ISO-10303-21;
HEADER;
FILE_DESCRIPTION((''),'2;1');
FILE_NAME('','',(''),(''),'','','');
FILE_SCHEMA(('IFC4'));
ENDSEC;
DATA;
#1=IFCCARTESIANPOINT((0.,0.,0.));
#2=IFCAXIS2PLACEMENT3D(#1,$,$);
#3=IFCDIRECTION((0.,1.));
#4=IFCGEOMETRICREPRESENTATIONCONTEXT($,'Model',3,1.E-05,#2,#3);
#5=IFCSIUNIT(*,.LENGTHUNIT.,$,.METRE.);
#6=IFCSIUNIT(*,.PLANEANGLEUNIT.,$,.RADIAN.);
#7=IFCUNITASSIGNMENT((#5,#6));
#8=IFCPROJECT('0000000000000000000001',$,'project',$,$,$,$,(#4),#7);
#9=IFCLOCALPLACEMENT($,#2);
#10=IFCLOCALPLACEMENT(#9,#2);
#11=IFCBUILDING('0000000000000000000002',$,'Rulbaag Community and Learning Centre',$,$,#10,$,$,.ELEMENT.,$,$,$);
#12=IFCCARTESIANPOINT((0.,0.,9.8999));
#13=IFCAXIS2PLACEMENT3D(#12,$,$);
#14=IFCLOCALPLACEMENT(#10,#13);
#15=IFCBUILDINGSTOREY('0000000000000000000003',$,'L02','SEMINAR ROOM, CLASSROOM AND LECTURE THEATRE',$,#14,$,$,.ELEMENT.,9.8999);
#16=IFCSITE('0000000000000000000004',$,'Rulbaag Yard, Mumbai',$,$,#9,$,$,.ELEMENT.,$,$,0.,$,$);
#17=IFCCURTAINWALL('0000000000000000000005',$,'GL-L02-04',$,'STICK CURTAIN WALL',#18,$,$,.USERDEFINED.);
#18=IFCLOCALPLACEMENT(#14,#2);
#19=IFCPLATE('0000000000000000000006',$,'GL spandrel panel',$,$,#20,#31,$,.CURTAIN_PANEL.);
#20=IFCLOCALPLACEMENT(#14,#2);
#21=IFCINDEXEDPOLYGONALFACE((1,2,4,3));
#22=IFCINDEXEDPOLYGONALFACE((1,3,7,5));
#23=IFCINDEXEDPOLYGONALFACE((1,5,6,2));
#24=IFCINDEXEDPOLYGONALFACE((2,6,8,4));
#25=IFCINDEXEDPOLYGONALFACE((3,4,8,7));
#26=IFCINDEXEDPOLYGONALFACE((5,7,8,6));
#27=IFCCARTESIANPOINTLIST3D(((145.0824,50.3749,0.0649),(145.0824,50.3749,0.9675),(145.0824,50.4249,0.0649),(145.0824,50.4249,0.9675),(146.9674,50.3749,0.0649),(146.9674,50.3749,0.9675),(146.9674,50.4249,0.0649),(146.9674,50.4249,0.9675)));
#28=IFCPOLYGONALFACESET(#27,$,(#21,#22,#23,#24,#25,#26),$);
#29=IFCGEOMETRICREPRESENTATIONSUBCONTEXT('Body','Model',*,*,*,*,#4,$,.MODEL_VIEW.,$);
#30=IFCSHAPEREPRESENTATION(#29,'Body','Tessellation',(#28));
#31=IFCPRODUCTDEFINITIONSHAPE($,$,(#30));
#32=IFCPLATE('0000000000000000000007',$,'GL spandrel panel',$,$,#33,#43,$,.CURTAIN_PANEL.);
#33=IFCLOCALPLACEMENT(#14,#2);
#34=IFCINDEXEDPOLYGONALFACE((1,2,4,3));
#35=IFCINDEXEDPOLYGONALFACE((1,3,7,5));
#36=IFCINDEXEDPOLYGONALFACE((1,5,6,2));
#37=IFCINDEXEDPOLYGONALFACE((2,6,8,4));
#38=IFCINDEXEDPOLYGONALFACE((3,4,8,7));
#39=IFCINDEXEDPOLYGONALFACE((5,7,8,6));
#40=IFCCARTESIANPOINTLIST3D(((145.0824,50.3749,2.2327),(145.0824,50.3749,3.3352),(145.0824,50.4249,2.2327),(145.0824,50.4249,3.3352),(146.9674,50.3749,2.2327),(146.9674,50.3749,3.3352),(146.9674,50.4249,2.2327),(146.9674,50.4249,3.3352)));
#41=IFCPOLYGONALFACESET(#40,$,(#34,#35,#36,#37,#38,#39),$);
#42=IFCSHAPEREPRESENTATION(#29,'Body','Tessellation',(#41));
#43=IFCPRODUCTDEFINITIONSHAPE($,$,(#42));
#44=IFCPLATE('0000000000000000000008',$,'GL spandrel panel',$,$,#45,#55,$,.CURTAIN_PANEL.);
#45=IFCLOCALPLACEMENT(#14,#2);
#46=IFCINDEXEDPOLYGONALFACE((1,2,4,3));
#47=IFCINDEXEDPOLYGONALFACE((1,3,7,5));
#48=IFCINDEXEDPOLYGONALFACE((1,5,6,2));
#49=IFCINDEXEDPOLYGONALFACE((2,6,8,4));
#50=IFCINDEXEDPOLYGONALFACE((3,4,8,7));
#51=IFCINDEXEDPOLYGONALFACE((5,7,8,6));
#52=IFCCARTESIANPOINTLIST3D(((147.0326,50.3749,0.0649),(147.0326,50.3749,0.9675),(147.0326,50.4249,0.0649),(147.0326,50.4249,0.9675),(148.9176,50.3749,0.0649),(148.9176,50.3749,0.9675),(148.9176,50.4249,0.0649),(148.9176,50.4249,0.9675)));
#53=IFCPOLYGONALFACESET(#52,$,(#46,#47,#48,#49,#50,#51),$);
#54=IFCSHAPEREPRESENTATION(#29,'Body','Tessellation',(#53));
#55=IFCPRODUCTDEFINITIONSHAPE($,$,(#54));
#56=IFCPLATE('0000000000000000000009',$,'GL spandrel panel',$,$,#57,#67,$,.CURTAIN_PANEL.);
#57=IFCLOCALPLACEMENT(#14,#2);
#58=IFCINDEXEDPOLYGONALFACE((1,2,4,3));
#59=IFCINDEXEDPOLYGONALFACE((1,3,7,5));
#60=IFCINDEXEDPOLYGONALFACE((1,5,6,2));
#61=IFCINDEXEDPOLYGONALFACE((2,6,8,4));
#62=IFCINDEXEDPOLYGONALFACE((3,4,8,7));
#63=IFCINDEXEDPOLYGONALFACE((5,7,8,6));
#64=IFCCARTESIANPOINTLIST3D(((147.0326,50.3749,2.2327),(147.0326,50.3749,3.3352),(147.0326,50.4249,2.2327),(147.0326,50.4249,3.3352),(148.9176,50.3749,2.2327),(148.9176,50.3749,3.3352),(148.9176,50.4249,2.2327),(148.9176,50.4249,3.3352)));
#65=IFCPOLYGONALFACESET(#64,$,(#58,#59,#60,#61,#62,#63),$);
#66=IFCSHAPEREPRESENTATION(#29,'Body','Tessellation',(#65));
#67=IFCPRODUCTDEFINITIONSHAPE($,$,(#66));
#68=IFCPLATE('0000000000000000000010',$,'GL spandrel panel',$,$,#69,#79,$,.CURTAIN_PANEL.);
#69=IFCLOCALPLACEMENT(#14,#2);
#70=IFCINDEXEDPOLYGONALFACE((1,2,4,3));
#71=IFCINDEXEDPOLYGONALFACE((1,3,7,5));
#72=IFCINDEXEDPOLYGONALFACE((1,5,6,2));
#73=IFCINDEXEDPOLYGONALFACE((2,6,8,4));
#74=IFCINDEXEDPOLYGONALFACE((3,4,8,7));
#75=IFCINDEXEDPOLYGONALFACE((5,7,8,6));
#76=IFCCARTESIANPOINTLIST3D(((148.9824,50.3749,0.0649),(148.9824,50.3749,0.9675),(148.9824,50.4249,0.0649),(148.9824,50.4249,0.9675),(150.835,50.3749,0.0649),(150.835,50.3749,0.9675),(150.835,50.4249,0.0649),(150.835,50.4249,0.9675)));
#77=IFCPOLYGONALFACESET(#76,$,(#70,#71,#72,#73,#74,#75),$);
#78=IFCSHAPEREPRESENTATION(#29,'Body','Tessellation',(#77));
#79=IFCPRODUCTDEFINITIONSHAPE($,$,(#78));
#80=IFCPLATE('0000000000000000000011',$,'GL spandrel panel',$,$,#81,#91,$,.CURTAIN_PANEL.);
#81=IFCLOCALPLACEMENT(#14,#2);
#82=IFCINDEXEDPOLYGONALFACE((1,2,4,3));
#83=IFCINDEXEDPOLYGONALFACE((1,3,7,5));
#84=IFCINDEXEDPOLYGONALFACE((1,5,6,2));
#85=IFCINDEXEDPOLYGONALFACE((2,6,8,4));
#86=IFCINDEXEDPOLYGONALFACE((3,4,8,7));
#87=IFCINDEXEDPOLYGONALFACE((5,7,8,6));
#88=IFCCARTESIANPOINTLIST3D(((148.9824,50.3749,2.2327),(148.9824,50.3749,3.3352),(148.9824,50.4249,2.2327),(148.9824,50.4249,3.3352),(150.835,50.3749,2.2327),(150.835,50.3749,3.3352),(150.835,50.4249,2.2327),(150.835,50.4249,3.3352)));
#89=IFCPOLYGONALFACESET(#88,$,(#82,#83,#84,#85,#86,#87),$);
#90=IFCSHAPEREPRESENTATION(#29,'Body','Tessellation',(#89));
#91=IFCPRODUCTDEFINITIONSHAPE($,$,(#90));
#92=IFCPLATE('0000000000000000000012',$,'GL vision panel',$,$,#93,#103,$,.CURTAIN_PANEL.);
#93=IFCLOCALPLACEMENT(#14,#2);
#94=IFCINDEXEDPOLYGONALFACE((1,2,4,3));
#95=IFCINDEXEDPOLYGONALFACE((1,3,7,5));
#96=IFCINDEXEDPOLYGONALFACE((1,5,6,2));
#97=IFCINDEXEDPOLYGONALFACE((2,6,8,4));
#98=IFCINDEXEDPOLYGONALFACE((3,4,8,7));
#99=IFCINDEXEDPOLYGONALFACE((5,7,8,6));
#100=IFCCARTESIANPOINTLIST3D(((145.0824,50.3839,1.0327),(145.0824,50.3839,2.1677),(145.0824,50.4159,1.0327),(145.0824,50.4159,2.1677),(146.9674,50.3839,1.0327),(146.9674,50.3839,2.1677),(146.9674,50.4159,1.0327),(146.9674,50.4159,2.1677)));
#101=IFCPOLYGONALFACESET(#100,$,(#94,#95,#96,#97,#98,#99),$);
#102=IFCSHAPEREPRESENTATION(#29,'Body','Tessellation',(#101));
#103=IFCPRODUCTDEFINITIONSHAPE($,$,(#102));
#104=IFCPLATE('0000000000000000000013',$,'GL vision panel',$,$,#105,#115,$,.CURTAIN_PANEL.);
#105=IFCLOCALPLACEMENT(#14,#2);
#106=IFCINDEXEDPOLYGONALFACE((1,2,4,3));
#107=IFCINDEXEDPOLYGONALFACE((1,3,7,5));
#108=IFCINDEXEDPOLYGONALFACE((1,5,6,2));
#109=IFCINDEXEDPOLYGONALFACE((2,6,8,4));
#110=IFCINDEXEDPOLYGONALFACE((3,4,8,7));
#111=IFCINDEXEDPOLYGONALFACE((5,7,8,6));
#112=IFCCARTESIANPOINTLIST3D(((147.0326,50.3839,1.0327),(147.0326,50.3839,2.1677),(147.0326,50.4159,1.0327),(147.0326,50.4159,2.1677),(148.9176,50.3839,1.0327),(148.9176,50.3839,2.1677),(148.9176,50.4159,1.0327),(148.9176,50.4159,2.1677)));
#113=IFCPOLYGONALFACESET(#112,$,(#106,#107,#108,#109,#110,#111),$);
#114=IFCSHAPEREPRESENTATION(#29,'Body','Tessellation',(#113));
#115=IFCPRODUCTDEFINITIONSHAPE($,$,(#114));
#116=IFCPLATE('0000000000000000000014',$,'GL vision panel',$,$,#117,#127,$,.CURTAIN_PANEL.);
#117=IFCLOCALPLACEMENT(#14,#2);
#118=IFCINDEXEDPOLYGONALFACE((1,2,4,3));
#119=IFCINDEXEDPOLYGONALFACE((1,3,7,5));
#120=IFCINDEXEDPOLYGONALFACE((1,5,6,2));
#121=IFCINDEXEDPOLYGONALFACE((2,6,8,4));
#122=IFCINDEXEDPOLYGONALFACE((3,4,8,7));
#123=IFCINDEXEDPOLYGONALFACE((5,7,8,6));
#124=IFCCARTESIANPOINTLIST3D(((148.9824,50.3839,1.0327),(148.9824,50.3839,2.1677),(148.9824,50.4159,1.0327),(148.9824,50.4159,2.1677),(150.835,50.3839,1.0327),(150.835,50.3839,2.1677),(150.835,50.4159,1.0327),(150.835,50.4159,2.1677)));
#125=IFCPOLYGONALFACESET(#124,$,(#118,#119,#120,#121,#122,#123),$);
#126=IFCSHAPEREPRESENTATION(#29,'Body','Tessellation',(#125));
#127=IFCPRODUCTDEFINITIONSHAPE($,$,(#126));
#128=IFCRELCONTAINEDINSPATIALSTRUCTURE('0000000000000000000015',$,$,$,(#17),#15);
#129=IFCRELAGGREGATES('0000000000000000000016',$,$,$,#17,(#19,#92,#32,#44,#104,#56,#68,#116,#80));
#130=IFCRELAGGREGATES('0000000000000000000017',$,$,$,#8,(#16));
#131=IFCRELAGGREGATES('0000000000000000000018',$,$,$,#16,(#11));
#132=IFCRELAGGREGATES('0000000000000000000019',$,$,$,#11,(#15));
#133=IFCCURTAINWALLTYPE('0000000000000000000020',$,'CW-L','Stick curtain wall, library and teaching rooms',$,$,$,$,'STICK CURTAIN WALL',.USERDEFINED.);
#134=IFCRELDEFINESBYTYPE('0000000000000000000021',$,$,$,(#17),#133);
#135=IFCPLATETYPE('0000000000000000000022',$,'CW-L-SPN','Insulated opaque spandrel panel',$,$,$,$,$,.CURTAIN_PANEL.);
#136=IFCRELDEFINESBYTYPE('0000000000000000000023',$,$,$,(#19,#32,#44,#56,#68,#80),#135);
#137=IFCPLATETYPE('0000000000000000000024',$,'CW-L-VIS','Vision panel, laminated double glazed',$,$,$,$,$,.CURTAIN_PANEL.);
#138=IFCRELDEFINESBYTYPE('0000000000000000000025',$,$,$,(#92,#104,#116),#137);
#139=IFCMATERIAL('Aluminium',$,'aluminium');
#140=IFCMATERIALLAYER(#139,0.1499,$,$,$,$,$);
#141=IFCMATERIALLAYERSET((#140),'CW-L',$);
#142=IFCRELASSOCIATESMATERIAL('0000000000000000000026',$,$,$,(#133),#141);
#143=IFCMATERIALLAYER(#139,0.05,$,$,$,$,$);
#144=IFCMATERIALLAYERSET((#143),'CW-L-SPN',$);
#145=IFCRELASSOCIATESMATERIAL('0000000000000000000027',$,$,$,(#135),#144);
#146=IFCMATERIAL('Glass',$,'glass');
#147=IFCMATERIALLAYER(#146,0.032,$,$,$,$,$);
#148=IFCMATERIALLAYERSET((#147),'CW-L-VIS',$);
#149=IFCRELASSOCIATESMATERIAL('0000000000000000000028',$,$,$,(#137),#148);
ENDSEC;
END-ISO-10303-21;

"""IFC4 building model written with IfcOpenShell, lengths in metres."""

from ifc_helpers import new_model, si_unit, direction, frame, origin, origin_2d, place, context, subcontext, project, spatial, rectangle, extrude, material, layer, layer_set, type_object, element, aggregate, save


model = new_model("IFC4")

# Units and contexts
model_context = context("Model", 3, precision=1e-05, world=origin(), true_north=direction((0.0, 1.0)))
body_context = subcontext(model_context, "Body", "Model", "MODEL_VIEW")
ifc_project = project(units=[si_unit("LENGTHUNIT", "METRE"), si_unit("PLANEANGLEUNIT", "RADIAN")], contexts=[model_context])

# Site, building, storey
site_placement = place(None, origin())
site = spatial("IfcSite", under=ifc_project, at=site_placement, Name="Rulbaag Yard, Mumbai", CompositionType="ELEMENT", RefElevation=0.0)
building_placement = place(site_placement, origin())
building = spatial("IfcBuilding", under=site, at=building_placement, Name="Rulbaag Community and Learning Centre", CompositionType="ELEMENT")
storey_placement = place(building_placement, frame((0.0, 0.0, 9.8999)))
storey = spatial("IfcBuildingStorey", under=building, at=storey_placement, Name="L02", Description="SEMINAR ROOM, CLASSROOM AND LECTURE THEATRE", CompositionType="ELEMENT", Elevation=9.8999)

# Curtain wall, plates
ifc_material_1 = material(Name="Aluminium", Category="aluminium")
ifc_layer_1 = layer(ifc_material_1, 0.1499)
ifc_layer_set_1 = layer_set([ifc_layer_1], Name="CW-L")
curtain_wall_type = type_object("IfcCurtainWallType", Name="CW-L", Description="Stick curtain wall, library and teaching rooms", ElementType="STICK CURTAIN WALL", PredefinedType="USERDEFINED", material=ifc_layer_set_1)
curtain_wall_placement = place(storey_placement, origin())
curtain_wall = element("IfcCurtainWall", 1, at=curtain_wall_placement, inside=storey, type_object=curtain_wall_type, Name="GL-L02-04", ObjectType="STICK CURTAIN WALL", PredefinedType="USERDEFINED")
ifc_layer_2 = layer(ifc_material_1, 0.05)
ifc_layer_set_2 = layer_set([ifc_layer_2], Name="CW-L-SPN")
plate_type_1 = type_object("IfcPlateType", Name="CW-L-SPN", Description="Insulated opaque spandrel panel", PredefinedType="CURTAIN_PANEL", material=ifc_layer_set_2)
plate_1_placement = place(storey_placement, frame((146.0249, 50.3999, 0.0649), z_axis=(0.0, 0.0, 1.0), x_axis=(1.0, 0.0, 0.0)))
plate_1 = element("IfcPlate", 2, at=plate_1_placement, type_object=plate_type_1, Name="GL spandrel panel", PredefinedType="CURTAIN_PANEL", context=body_context, shape_type="SweptSolid", body=[
    extrude(rectangle(XDim=1.885, YDim=0.05, at=origin_2d()), origin(), (0.0, 0.0, 1.0), 0.9026),
])
plate_2_placement = place(storey_placement, frame((146.0249, 50.3999, 2.2327), z_axis=(0.0, 0.0, 1.0), x_axis=(1.0, 0.0, 0.0)))
plate_2 = element("IfcPlate", 3, at=plate_2_placement, type_object=plate_type_1, Name="GL spandrel panel", PredefinedType="CURTAIN_PANEL", context=body_context, shape_type="SweptSolid", body=[
    extrude(rectangle(XDim=1.885, YDim=0.05, at=origin_2d()), origin(), (0.0, 0.0, 1.0), 1.1025),
])
plate_3_placement = place(storey_placement, frame((147.9751, 50.3999, 0.0649), z_axis=(0.0, 0.0, 1.0), x_axis=(1.0, 0.0, 0.0)))
plate_3 = element("IfcPlate", 4, at=plate_3_placement, type_object=plate_type_1, Name="GL spandrel panel", PredefinedType="CURTAIN_PANEL", context=body_context, shape_type="SweptSolid", body=[
    extrude(rectangle(XDim=1.885, YDim=0.05, at=origin_2d()), origin(), (0.0, 0.0, 1.0), 0.9026),
])
plate_4_placement = place(storey_placement, frame((147.9751, 50.3999, 2.2327), z_axis=(0.0, 0.0, 1.0), x_axis=(1.0, 0.0, 0.0)))
plate_4 = element("IfcPlate", 5, at=plate_4_placement, type_object=plate_type_1, Name="GL spandrel panel", PredefinedType="CURTAIN_PANEL", context=body_context, shape_type="SweptSolid", body=[
    extrude(rectangle(XDim=1.885, YDim=0.05, at=origin_2d()), origin(), (0.0, 0.0, 1.0), 1.1025),
])
plate_5_placement = place(storey_placement, frame((149.9087, 50.3999, 0.0649), z_axis=(0.0, 0.0, 1.0), x_axis=(1.0, 0.0, 0.0)))
plate_5 = element("IfcPlate", 6, at=plate_5_placement, type_object=plate_type_1, Name="GL spandrel panel", PredefinedType="CURTAIN_PANEL", context=body_context, shape_type="SweptSolid", body=[
    extrude(rectangle(XDim=1.8525, YDim=0.05, at=origin_2d()), origin(), (0.0, 0.0, 1.0), 0.9026),
])
plate_6_placement = place(storey_placement, frame((149.9087, 50.3999, 2.2327), z_axis=(0.0, 0.0, 1.0), x_axis=(1.0, 0.0, 0.0)))
plate_6 = element("IfcPlate", 7, at=plate_6_placement, type_object=plate_type_1, Name="GL spandrel panel", PredefinedType="CURTAIN_PANEL", context=body_context, shape_type="SweptSolid", body=[
    extrude(rectangle(XDim=1.8525, YDim=0.05, at=origin_2d()), origin(), (0.0, 0.0, 1.0), 1.1025),
])
ifc_material_2 = material(Name="Glass", Category="glass")
ifc_layer_3 = layer(ifc_material_2, 0.032)
ifc_layer_set_3 = layer_set([ifc_layer_3], Name="CW-L-VIS")
plate_type_2 = type_object("IfcPlateType", Name="CW-L-VIS", Description="Vision panel, laminated double glazed", PredefinedType="CURTAIN_PANEL", material=ifc_layer_set_3)
plate_7_placement = place(storey_placement, frame((146.0249, 50.3999, 1.0327), z_axis=(0.0, 0.0, 1.0), x_axis=(1.0, 0.0, 0.0)))
plate_7 = element("IfcPlate", 8, at=plate_7_placement, type_object=plate_type_2, Name="GL vision panel", PredefinedType="CURTAIN_PANEL", context=body_context, shape_type="SweptSolid", body=[
    extrude(rectangle(XDim=1.885, YDim=0.032, at=origin_2d()), origin(), (0.0, 0.0, 1.0), 1.135),
])
plate_8_placement = place(storey_placement, frame((147.9751, 50.3999, 1.0327), z_axis=(0.0, 0.0, 1.0), x_axis=(1.0, 0.0, 0.0)))
plate_8 = element("IfcPlate", 9, at=plate_8_placement, type_object=plate_type_2, Name="GL vision panel", PredefinedType="CURTAIN_PANEL", context=body_context, shape_type="SweptSolid", body=[
    extrude(rectangle(XDim=1.885, YDim=0.032, at=origin_2d()), origin(), (0.0, 0.0, 1.0), 1.135),
])
plate_9_placement = place(storey_placement, frame((149.9087, 50.3999, 1.0327), z_axis=(0.0, 0.0, 1.0), x_axis=(1.0, 0.0, 0.0)))
plate_9 = element("IfcPlate", 10, at=plate_9_placement, type_object=plate_type_2, Name="GL vision panel", PredefinedType="CURTAIN_PANEL", context=body_context, shape_type="SweptSolid", body=[
    extrude(rectangle(XDim=1.8525, YDim=0.032, at=origin_2d()), origin(), (0.0, 0.0, 1.0), 1.135),
])
aggregate(curtain_wall, [plate_1, plate_7, plate_2, plate_3, plate_8, plate_4, plate_5, plate_9, plate_6])

save(model, "model.ifc")
